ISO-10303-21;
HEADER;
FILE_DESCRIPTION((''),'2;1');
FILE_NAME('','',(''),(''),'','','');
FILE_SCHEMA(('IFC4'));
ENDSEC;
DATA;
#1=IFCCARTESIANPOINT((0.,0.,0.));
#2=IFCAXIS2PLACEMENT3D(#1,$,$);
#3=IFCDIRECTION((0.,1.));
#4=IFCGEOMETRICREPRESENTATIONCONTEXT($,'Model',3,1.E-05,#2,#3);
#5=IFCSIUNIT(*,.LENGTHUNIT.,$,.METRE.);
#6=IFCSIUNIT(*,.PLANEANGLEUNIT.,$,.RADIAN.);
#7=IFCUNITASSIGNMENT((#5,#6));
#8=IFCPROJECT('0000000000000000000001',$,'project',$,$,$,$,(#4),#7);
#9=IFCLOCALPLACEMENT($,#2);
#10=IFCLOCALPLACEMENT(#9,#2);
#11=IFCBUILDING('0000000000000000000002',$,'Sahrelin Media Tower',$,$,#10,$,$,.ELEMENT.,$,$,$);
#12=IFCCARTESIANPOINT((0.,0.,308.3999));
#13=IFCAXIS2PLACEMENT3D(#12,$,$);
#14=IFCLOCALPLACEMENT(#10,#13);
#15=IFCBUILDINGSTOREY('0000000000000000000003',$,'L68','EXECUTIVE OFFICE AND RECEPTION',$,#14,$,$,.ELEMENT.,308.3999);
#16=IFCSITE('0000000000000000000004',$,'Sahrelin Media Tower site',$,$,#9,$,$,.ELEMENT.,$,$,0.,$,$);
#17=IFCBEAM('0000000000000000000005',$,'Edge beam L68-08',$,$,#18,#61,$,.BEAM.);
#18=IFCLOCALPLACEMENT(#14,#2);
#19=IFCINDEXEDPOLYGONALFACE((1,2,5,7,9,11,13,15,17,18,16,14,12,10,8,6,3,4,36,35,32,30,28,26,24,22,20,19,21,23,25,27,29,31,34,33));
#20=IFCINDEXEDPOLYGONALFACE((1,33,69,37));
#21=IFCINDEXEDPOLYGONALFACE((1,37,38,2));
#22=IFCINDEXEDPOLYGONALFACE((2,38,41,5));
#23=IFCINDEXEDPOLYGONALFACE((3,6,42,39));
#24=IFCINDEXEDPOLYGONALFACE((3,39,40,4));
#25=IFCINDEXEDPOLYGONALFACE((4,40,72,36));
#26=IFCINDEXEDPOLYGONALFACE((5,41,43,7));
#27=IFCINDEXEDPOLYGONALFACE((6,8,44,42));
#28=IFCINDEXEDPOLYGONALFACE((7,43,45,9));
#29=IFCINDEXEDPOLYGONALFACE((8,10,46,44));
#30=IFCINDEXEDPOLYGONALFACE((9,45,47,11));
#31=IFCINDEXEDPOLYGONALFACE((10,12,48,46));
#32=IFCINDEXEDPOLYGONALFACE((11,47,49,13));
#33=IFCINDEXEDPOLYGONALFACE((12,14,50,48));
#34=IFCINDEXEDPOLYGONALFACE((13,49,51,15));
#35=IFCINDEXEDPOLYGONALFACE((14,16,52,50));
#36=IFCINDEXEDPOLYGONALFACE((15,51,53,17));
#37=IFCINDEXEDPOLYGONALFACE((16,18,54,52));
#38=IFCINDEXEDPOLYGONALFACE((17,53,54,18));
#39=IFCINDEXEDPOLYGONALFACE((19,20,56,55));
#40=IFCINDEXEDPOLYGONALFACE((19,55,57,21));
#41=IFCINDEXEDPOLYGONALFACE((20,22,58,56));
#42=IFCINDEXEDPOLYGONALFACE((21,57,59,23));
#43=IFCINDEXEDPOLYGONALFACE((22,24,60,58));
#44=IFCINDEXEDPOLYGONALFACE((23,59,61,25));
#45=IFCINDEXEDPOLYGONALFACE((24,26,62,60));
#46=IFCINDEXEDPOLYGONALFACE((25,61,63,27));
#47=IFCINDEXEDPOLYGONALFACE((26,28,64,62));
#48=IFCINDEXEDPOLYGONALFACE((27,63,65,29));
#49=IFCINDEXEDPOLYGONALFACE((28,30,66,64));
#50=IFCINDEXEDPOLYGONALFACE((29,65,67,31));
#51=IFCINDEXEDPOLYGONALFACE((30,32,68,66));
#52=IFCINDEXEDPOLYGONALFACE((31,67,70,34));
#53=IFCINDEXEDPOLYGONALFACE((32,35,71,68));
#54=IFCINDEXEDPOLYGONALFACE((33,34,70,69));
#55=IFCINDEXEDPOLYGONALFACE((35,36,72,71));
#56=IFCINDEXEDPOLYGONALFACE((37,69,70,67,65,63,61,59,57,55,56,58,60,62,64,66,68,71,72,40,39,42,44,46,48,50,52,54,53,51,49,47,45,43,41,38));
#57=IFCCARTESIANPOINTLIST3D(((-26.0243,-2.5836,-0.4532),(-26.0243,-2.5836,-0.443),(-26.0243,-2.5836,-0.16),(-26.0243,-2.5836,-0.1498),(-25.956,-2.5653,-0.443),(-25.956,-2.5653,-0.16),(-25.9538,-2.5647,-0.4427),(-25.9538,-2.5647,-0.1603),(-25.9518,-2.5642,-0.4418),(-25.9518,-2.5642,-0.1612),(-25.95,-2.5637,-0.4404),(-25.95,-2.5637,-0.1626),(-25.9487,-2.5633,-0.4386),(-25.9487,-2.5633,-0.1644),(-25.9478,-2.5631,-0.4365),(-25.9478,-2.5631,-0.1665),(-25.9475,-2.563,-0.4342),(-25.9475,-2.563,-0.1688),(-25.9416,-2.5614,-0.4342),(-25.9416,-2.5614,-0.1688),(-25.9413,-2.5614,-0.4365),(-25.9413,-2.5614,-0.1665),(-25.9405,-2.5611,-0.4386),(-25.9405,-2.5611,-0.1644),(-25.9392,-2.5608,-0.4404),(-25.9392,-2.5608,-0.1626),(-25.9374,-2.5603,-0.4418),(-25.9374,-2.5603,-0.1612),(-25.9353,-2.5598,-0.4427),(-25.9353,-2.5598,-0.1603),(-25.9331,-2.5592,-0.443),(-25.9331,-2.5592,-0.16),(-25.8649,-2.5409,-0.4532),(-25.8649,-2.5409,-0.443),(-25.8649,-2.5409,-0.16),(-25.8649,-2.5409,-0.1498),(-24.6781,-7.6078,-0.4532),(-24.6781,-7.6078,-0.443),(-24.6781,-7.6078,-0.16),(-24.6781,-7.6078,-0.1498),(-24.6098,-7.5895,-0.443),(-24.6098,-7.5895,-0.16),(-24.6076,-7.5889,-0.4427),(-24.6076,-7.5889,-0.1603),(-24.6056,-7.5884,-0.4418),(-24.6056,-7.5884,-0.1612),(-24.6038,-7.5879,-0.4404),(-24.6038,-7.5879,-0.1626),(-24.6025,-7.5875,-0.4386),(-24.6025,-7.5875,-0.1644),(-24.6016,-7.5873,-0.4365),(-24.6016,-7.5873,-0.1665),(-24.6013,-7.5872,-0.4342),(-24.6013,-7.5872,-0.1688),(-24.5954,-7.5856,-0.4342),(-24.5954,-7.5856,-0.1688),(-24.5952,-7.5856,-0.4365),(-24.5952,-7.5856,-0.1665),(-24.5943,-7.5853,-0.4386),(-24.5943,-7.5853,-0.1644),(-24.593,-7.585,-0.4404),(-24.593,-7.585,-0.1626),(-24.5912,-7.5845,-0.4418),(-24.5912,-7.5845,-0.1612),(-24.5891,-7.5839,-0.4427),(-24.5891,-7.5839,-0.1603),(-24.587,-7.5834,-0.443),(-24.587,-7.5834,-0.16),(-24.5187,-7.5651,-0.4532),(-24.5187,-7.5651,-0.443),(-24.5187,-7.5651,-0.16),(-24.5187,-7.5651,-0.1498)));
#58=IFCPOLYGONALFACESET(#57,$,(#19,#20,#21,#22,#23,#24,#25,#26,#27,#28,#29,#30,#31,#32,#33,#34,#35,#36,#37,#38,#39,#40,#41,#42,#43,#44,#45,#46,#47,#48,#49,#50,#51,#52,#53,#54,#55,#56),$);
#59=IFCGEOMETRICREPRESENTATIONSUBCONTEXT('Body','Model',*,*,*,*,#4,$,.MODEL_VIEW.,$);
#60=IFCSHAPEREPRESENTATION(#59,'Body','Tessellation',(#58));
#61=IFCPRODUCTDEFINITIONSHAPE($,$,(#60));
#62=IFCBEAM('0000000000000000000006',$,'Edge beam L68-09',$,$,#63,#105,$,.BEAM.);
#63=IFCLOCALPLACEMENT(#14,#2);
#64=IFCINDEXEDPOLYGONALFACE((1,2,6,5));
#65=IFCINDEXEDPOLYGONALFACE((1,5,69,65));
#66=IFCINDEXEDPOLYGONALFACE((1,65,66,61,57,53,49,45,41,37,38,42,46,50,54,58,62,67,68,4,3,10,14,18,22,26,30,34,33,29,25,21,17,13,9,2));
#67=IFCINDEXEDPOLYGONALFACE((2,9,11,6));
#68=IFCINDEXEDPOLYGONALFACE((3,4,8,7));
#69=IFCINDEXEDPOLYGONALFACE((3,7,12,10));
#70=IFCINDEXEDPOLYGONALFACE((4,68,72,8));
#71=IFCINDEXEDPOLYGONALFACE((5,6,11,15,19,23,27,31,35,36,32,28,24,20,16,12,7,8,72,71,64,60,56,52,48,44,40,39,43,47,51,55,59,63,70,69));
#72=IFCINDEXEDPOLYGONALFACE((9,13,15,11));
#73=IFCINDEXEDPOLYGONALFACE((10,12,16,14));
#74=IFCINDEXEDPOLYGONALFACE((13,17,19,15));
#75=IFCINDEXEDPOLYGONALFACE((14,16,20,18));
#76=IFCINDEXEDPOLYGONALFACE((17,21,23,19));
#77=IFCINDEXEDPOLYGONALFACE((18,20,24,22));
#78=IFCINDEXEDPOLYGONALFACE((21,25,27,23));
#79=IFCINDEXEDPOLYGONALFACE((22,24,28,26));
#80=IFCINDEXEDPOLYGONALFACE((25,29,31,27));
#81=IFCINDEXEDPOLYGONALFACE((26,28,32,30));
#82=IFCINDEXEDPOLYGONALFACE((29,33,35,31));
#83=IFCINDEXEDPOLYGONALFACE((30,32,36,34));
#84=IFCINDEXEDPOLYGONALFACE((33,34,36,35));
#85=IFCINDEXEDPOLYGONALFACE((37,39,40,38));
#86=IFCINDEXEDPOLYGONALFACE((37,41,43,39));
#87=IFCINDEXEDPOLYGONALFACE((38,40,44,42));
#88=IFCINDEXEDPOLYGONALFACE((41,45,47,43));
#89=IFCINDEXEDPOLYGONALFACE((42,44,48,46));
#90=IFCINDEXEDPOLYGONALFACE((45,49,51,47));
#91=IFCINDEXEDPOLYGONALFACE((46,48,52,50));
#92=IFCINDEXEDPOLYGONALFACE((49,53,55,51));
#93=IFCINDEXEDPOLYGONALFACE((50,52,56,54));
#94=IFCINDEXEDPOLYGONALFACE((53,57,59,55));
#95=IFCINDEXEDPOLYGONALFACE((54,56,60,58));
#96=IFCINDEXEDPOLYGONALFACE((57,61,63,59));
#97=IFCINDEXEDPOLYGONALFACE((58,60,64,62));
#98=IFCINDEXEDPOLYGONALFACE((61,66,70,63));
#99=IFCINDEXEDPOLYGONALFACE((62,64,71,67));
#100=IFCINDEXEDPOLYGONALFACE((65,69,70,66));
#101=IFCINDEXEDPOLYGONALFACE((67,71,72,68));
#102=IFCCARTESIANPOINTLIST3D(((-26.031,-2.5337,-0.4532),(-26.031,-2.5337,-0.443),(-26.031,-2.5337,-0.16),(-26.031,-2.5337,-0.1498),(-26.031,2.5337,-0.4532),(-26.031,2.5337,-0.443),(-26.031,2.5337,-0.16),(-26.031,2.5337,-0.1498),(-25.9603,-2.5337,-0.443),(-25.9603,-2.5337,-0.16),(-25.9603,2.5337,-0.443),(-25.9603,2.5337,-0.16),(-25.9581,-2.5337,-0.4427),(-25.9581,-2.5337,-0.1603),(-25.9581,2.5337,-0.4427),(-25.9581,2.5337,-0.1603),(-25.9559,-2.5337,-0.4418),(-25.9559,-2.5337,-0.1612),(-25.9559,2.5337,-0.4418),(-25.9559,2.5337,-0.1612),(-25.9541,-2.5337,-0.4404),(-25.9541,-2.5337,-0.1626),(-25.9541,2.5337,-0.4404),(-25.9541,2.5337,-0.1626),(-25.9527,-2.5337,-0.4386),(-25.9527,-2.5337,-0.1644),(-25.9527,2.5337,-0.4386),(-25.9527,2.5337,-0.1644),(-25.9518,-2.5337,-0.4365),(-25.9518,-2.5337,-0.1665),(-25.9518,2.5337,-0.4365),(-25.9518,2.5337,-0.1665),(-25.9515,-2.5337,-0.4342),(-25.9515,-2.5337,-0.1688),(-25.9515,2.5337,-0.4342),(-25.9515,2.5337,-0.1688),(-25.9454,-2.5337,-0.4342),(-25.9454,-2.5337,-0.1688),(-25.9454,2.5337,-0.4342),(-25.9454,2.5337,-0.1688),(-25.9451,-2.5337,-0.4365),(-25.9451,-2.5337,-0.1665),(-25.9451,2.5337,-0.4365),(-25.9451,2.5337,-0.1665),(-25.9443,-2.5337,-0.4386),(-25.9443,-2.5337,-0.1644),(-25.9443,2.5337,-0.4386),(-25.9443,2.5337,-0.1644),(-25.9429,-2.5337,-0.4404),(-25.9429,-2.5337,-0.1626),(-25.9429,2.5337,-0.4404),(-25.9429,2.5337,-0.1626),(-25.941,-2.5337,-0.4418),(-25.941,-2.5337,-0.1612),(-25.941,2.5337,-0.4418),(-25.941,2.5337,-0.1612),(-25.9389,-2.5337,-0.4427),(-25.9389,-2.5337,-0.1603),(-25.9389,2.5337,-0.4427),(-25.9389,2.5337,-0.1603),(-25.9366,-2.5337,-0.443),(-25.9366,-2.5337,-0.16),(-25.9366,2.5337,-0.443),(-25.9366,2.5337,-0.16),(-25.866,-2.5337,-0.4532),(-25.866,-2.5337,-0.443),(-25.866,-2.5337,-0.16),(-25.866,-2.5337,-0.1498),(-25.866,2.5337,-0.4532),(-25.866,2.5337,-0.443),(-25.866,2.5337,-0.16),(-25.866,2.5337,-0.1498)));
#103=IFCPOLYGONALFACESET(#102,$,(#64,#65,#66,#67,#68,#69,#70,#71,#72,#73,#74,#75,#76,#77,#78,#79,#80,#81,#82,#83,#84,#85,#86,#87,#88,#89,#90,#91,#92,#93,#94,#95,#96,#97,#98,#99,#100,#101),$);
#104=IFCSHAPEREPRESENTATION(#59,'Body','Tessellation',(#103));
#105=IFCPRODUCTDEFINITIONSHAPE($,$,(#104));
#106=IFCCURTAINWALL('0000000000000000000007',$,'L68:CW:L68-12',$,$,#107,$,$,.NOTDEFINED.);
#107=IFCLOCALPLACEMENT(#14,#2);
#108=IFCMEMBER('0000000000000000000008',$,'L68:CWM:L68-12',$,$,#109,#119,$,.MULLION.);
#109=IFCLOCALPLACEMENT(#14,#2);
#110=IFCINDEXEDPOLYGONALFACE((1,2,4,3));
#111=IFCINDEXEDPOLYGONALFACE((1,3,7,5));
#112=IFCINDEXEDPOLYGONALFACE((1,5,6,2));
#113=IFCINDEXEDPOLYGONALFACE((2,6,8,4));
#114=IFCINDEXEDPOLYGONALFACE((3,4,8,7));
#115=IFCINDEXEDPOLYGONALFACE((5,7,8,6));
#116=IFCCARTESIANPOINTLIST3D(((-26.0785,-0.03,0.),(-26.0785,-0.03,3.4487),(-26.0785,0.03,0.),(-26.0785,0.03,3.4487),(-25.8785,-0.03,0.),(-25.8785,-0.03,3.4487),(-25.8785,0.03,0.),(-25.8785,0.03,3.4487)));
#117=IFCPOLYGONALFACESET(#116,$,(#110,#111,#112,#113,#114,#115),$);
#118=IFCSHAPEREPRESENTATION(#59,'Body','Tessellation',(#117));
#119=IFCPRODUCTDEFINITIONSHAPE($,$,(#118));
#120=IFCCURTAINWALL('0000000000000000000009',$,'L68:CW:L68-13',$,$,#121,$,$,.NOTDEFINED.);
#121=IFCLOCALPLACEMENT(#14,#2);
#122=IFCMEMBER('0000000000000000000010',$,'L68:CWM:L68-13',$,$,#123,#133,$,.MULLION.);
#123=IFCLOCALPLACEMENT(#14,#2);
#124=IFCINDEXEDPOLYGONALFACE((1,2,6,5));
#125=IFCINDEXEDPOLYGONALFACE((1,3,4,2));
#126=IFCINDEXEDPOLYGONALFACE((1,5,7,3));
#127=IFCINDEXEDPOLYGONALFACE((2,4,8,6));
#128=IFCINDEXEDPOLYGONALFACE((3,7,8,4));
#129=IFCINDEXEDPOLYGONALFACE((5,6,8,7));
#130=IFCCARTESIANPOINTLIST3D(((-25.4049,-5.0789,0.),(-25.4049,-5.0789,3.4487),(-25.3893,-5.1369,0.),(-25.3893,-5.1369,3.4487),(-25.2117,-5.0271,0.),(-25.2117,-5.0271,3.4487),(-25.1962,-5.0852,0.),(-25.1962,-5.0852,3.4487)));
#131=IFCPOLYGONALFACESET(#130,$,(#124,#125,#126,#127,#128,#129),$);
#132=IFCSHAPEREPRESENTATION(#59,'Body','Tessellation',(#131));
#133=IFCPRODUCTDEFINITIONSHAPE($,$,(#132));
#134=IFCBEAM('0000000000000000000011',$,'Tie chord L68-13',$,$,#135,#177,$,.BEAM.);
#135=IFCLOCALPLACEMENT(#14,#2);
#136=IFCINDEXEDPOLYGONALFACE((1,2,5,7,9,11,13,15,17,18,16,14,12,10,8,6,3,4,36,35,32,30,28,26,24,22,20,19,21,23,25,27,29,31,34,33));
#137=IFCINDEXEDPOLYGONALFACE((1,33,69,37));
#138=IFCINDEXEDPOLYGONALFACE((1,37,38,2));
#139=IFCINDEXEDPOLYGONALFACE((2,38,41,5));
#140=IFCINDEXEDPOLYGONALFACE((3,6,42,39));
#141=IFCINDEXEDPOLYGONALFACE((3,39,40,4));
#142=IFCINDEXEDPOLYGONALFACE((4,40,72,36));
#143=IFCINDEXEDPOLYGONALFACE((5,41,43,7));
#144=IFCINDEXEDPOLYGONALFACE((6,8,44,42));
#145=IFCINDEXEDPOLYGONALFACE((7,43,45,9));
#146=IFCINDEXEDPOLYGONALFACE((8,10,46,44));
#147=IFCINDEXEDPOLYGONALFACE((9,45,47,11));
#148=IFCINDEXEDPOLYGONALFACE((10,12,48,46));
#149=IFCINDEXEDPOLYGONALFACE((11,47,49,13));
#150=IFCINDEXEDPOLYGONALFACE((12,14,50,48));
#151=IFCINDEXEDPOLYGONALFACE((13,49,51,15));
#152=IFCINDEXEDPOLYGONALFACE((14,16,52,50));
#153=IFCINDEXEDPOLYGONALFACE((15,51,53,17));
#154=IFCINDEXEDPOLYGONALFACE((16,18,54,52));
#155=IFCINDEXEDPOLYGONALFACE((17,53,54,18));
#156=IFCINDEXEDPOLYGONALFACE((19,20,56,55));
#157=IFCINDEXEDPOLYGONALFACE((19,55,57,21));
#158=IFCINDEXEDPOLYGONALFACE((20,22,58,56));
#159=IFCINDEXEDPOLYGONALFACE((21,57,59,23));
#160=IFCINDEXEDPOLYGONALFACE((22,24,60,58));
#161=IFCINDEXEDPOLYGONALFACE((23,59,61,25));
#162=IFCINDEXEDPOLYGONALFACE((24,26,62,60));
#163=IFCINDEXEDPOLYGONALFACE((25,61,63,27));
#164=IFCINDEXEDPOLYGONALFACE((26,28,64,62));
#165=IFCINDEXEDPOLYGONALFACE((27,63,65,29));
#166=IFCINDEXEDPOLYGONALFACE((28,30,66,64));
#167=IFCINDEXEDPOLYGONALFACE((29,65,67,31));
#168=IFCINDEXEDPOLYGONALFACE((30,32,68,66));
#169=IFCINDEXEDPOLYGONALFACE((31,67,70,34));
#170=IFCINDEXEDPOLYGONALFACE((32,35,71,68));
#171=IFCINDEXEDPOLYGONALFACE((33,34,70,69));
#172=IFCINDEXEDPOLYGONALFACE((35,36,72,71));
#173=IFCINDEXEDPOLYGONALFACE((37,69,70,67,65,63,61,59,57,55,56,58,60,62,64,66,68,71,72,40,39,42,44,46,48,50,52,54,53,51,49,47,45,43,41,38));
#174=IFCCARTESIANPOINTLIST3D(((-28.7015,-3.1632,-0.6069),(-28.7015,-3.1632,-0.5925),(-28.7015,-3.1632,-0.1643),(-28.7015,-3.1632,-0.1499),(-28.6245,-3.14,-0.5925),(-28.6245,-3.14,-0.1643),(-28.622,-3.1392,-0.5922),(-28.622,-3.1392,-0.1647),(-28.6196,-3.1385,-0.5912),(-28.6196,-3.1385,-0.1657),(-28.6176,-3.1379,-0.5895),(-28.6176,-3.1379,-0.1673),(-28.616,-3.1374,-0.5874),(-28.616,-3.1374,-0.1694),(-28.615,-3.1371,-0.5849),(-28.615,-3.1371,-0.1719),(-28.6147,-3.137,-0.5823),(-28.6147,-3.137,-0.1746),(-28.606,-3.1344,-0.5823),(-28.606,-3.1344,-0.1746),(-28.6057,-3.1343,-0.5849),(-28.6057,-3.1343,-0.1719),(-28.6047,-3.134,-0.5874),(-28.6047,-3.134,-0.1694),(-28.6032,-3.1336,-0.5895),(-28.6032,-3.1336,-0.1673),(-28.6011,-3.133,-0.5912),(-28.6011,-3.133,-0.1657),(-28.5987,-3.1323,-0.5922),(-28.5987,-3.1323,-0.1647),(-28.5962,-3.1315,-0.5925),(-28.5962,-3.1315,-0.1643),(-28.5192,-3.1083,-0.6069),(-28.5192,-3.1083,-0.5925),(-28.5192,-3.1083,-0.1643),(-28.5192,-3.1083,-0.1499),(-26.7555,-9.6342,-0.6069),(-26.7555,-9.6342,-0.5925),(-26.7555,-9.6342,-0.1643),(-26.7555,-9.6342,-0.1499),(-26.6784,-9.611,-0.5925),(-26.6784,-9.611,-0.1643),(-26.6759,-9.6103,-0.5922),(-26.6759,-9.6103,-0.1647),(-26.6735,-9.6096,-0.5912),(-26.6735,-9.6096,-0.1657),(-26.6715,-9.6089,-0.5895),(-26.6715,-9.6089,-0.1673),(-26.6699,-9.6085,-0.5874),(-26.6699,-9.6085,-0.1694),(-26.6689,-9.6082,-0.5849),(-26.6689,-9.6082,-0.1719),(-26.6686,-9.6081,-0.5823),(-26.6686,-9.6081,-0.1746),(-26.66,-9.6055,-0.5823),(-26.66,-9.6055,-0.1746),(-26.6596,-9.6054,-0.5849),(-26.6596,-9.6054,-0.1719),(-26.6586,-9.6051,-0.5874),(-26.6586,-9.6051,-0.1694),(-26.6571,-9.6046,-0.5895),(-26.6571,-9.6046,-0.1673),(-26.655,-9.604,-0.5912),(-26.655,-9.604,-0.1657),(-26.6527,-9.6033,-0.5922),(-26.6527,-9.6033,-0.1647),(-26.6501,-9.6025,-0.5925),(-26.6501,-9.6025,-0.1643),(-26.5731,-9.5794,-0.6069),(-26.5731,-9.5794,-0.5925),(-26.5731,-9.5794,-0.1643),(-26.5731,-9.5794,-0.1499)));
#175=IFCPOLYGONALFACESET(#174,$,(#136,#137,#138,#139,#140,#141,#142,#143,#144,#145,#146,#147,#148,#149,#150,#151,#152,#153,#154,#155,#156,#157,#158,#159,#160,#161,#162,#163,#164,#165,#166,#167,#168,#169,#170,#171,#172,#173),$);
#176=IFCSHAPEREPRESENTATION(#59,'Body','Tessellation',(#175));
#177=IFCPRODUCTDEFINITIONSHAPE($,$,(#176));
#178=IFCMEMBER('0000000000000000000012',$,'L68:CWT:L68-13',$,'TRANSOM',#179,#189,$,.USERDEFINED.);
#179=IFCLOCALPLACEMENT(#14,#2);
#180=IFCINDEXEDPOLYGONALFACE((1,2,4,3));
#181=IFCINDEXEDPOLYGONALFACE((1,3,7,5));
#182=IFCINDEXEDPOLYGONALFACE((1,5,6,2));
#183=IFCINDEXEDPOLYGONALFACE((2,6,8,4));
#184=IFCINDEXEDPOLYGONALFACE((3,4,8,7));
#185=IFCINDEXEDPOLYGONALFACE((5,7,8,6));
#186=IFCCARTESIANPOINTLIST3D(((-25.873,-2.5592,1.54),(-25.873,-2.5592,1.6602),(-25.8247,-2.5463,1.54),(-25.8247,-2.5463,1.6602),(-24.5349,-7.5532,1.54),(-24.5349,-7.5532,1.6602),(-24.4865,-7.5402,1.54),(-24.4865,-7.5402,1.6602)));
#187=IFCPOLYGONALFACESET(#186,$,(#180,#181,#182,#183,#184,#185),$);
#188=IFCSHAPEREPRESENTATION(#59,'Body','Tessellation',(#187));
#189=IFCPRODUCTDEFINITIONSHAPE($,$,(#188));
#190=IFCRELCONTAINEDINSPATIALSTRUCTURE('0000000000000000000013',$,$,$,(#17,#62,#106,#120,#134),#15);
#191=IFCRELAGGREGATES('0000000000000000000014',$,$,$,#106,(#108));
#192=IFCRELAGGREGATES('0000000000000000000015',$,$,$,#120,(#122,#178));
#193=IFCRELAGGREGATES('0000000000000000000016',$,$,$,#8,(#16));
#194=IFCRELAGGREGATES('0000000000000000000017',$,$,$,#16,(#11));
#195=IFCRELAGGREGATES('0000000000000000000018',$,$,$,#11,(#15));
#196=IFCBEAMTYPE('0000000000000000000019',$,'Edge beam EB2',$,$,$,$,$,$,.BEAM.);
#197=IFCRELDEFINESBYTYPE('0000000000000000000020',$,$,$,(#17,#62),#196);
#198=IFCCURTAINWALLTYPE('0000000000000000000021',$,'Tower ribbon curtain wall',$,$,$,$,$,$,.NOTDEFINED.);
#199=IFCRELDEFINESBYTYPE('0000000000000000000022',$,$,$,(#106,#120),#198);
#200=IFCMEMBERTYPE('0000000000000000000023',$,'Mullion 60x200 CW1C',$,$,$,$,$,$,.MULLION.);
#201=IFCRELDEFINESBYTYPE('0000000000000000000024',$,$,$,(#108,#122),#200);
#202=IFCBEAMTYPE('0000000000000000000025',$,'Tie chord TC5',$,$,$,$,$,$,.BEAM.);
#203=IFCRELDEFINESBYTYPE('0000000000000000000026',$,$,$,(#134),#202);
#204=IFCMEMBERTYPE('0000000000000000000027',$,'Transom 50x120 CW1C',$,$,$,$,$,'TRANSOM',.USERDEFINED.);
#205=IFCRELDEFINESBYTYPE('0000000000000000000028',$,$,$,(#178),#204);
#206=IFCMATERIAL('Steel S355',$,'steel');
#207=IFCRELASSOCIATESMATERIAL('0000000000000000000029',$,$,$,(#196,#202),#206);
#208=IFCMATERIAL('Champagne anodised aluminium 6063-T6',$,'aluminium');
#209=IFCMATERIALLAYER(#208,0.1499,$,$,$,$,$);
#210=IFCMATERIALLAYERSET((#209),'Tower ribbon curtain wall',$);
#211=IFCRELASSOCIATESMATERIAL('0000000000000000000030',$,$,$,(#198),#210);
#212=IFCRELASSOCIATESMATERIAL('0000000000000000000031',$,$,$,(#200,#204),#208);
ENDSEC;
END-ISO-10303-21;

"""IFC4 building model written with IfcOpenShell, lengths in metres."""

from ifc_helpers import new_model, si_unit, direction, frame, origin, origin_2d, place, context, subcontext, project, spatial, rectangle, i_section, extrude, material, layer, layer_set, material_profile, profile_set, type_object, element, aggregate, save


model = new_model("IFC4")

# Units and contexts
model_context = context("Model", 3, precision=1e-05, world=origin(), true_north=direction((0.0, 1.0)))
body_context = subcontext(model_context, "Body", "Model", "MODEL_VIEW")
ifc_project = project(units=[si_unit("LENGTHUNIT", "METRE"), si_unit("PLANEANGLEUNIT", "RADIAN")], contexts=[model_context])

# Site, building, storey
site_placement = place(None, origin())
site = spatial("IfcSite", under=ifc_project, at=site_placement, Name="Sahrelin Media Tower site", CompositionType="ELEMENT", RefElevation=0.0)
building_placement = place(site_placement, origin())
building = spatial("IfcBuilding", under=site, at=building_placement, Name="Sahrelin Media Tower", CompositionType="ELEMENT")
storey_placement = place(building_placement, frame((0.0, 0.0, 308.3999)))
storey = spatial("IfcBuildingStorey", under=building, at=storey_placement, Name="L68", Description="EXECUTIVE OFFICE AND RECEPTION", CompositionType="ELEMENT", Elevation=308.3999)

# Beams
ifc_material_1 = material(Name="Steel S355", Category="steel")
ifc_material_profile_1 = material_profile(ifc_material_1, i_section(OverallWidth=0.165, OverallDepth=0.3035, WebThickness=0.0061, FlangeThickness=0.0103, FilletRadius=0.0088, at=origin_2d()), Name="UB 305x165x40")
ifc_profile_set_1 = profile_set([ifc_material_profile_1], Name="Steel S355")
beam_type_1 = type_object("IfcBeamType", Name="Edge beam EB2", PredefinedType="BEAM", material=ifc_profile_set_1)
beam_1_placement = place(storey_placement, frame((-24.5984, -7.5864, -0.3015), z_axis=(-0.258814, 0.965927, 0.0), x_axis=(-0.965927, -0.258814, 0.0)))
element("IfcBeam", 1, at=beam_1_placement, inside=storey, type_object=beam_type_1, Name="Edge beam L68-08", PredefinedType="BEAM", context=body_context, shape_type="SweptSolid", body=[
    extrude(i_section(OverallWidth=0.165, OverallDepth=0.3035, WebThickness=0.0061, FlangeThickness=0.0103, FilletRadius=0.0088, at=origin_2d()), origin(), (0.0, 0.0, 1.0), 5.2014),
])
beam_2_placement = place(storey_placement, frame((-25.9485, -2.5337, -0.3015), z_axis=(0.0, 1.0, 0.0), x_axis=(-1.0, 0.0, 0.0)))
element("IfcBeam", 2, at=beam_2_placement, inside=storey, type_object=beam_type_1, Name="Edge beam L68-09", PredefinedType="BEAM", context=body_context, shape_type="SweptSolid", body=[
    extrude(i_section(OverallWidth=0.165, OverallDepth=0.3035, WebThickness=0.0061, FlangeThickness=0.0103, FilletRadius=0.0088, at=origin_2d()), origin(), (0.0, 0.0, 1.0), 5.0674),
])

# Curtain walls, members
ifc_material_2 = material(Name="Champagne anodised aluminium 6063-T6", Category="aluminium")
ifc_layer_1 = layer(ifc_material_2, 0.1499)
ifc_layer_set_1 = layer_set([ifc_layer_1], Name="Tower ribbon curtain wall")
curtain_wall_type = type_object("IfcCurtainWallType", Name="Tower ribbon curtain wall", PredefinedType="NOTDEFINED", material=ifc_layer_set_1)
curtain_wall_1_placement = place(storey_placement, frame((-26.0984, 0.0, 0.0), z_axis=(0.0, 0.0, 1.0), x_axis=(1.0, 0.0, 0.0)))
curtain_wall_1 = element("IfcCurtainWall", 3, at=curtain_wall_1_placement, inside=storey, type_object=curtain_wall_type, Name="L68:CW:L68-12", PredefinedType="NOTDEFINED")
ifc_material_profile_2 = material_profile(ifc_material_2, rectangle(XDim=0.0601, YDim=0.2, at=origin_2d()), Name="Mullion 60x200")
ifc_profile_set_2 = profile_set([ifc_material_profile_2], Name="Champagne anodised aluminium 6063-T6")
member_type_1 = type_object("IfcMemberType", Name="Mullion 60x200 CW1C", PredefinedType="MULLION", material=ifc_profile_set_2)
member_1_placement = place(storey_placement, frame((-25.9785, 0.0, 0.0), z_axis=(0.0, 0.0, 1.0), x_axis=(0.0, -1.0, 0.0)))
member_1 = element("IfcMember", 4, at=member_1_placement, type_object=member_type_1, Name="L68:CWM:L68-12", PredefinedType="MULLION", context=body_context, shape_type="SweptSolid", body=[
    extrude(rectangle(XDim=0.0601, YDim=0.2, at=origin_2d()), origin(), (0.0, 0.0, 1.0), 3.4487),
])
aggregate(curtain_wall_1, [member_1])
curtain_wall_2_placement = place(storey_placement, frame((-25.4165, -5.113, 0.0), z_axis=(0.0, 0.0, 1.0), x_axis=(1.0, 0.0, 0.0)))
curtain_wall_2 = element("IfcCurtainWall", 5, at=curtain_wall_2_placement, inside=storey, type_object=curtain_wall_type, Name="L68:CW:L68-13", PredefinedType="NOTDEFINED")
member_2_placement = place(storey_placement, frame((-25.3005, -5.082, 0.0), z_axis=(0.0, 0.0, 1.0), x_axis=(0.258824, -0.965924, 0.0)))
member_2 = element("IfcMember", 6, at=member_2_placement, type_object=member_type_1, Name="L68:CWM:L68-13", PredefinedType="MULLION", context=body_context, shape_type="SweptSolid", body=[
    extrude(rectangle(XDim=0.0601, YDim=0.2, at=origin_2d()), origin(), (0.0, 0.0, 1.0), 3.4487),
])

# Beam
ifc_material_profile_3 = material_profile(ifc_material_1, i_section(OverallWidth=0.1904, OverallDepth=0.457, WebThickness=0.009, FlangeThickness=0.0144, FilletRadius=0.0103, at=origin_2d()), Name="UB 457x191x74")
ifc_profile_set_3 = profile_set([ifc_material_profile_3], Name="Steel S355")
beam_type_2 = type_object("IfcBeamType", Name="Tie chord TC5", PredefinedType="BEAM", material=ifc_profile_set_3)
beam_3_placement = place(storey_placement, frame((-28.6104, -3.1357, -0.3784), z_axis=(0.287994, -0.957632, 0.0), x_axis=(0.957632, 0.287994, 0.0)))
element("IfcBeam", 7, at=beam_3_placement, inside=storey, type_object=beam_type_2, Name="Tie chord L68-13", PredefinedType="BEAM", context=body_context, shape_type="SweptSolid", body=[
    extrude(i_section(OverallWidth=0.1904, OverallDepth=0.457, WebThickness=0.009, FlangeThickness=0.0144, FilletRadius=0.0103, at=origin_2d()), origin(), (0.0, 0.0, 1.0), 6.7573),
])

# Member
ifc_material_profile_4 = material_profile(ifc_material_2, rectangle(XDim=0.05, YDim=0.1201, at=origin_2d()), Name="Transom 50x120")
ifc_profile_set_4 = profile_set([ifc_material_profile_4], Name="Champagne anodised aluminium 6063-T6")
member_type_2 = type_object("IfcMemberType", Name="Transom 50x120 CW1C", ElementType="TRANSOM", PredefinedType="USERDEFINED", material=ifc_profile_set_4)
member_3_placement = place(storey_placement, frame((-25.8489, -2.5527, 1.6001), z_axis=(0.258823, -0.965925, 0.0), x_axis=(0.965925, 0.258823, 0.0)))
member_3 = element("IfcMember", 8, at=member_3_placement, type_object=member_type_2, Name="L68:CWT:L68-13", ObjectType="TRANSOM", PredefinedType="USERDEFINED", context=body_context, shape_type="SweptSolid", body=[
    extrude(rectangle(XDim=0.05, YDim=0.1201, at=origin_2d()), origin(), (0.0, 0.0, 1.0), 5.1702),
])

aggregate(curtain_wall_2, [member_2, member_3])

save(model, "model.ifc")
